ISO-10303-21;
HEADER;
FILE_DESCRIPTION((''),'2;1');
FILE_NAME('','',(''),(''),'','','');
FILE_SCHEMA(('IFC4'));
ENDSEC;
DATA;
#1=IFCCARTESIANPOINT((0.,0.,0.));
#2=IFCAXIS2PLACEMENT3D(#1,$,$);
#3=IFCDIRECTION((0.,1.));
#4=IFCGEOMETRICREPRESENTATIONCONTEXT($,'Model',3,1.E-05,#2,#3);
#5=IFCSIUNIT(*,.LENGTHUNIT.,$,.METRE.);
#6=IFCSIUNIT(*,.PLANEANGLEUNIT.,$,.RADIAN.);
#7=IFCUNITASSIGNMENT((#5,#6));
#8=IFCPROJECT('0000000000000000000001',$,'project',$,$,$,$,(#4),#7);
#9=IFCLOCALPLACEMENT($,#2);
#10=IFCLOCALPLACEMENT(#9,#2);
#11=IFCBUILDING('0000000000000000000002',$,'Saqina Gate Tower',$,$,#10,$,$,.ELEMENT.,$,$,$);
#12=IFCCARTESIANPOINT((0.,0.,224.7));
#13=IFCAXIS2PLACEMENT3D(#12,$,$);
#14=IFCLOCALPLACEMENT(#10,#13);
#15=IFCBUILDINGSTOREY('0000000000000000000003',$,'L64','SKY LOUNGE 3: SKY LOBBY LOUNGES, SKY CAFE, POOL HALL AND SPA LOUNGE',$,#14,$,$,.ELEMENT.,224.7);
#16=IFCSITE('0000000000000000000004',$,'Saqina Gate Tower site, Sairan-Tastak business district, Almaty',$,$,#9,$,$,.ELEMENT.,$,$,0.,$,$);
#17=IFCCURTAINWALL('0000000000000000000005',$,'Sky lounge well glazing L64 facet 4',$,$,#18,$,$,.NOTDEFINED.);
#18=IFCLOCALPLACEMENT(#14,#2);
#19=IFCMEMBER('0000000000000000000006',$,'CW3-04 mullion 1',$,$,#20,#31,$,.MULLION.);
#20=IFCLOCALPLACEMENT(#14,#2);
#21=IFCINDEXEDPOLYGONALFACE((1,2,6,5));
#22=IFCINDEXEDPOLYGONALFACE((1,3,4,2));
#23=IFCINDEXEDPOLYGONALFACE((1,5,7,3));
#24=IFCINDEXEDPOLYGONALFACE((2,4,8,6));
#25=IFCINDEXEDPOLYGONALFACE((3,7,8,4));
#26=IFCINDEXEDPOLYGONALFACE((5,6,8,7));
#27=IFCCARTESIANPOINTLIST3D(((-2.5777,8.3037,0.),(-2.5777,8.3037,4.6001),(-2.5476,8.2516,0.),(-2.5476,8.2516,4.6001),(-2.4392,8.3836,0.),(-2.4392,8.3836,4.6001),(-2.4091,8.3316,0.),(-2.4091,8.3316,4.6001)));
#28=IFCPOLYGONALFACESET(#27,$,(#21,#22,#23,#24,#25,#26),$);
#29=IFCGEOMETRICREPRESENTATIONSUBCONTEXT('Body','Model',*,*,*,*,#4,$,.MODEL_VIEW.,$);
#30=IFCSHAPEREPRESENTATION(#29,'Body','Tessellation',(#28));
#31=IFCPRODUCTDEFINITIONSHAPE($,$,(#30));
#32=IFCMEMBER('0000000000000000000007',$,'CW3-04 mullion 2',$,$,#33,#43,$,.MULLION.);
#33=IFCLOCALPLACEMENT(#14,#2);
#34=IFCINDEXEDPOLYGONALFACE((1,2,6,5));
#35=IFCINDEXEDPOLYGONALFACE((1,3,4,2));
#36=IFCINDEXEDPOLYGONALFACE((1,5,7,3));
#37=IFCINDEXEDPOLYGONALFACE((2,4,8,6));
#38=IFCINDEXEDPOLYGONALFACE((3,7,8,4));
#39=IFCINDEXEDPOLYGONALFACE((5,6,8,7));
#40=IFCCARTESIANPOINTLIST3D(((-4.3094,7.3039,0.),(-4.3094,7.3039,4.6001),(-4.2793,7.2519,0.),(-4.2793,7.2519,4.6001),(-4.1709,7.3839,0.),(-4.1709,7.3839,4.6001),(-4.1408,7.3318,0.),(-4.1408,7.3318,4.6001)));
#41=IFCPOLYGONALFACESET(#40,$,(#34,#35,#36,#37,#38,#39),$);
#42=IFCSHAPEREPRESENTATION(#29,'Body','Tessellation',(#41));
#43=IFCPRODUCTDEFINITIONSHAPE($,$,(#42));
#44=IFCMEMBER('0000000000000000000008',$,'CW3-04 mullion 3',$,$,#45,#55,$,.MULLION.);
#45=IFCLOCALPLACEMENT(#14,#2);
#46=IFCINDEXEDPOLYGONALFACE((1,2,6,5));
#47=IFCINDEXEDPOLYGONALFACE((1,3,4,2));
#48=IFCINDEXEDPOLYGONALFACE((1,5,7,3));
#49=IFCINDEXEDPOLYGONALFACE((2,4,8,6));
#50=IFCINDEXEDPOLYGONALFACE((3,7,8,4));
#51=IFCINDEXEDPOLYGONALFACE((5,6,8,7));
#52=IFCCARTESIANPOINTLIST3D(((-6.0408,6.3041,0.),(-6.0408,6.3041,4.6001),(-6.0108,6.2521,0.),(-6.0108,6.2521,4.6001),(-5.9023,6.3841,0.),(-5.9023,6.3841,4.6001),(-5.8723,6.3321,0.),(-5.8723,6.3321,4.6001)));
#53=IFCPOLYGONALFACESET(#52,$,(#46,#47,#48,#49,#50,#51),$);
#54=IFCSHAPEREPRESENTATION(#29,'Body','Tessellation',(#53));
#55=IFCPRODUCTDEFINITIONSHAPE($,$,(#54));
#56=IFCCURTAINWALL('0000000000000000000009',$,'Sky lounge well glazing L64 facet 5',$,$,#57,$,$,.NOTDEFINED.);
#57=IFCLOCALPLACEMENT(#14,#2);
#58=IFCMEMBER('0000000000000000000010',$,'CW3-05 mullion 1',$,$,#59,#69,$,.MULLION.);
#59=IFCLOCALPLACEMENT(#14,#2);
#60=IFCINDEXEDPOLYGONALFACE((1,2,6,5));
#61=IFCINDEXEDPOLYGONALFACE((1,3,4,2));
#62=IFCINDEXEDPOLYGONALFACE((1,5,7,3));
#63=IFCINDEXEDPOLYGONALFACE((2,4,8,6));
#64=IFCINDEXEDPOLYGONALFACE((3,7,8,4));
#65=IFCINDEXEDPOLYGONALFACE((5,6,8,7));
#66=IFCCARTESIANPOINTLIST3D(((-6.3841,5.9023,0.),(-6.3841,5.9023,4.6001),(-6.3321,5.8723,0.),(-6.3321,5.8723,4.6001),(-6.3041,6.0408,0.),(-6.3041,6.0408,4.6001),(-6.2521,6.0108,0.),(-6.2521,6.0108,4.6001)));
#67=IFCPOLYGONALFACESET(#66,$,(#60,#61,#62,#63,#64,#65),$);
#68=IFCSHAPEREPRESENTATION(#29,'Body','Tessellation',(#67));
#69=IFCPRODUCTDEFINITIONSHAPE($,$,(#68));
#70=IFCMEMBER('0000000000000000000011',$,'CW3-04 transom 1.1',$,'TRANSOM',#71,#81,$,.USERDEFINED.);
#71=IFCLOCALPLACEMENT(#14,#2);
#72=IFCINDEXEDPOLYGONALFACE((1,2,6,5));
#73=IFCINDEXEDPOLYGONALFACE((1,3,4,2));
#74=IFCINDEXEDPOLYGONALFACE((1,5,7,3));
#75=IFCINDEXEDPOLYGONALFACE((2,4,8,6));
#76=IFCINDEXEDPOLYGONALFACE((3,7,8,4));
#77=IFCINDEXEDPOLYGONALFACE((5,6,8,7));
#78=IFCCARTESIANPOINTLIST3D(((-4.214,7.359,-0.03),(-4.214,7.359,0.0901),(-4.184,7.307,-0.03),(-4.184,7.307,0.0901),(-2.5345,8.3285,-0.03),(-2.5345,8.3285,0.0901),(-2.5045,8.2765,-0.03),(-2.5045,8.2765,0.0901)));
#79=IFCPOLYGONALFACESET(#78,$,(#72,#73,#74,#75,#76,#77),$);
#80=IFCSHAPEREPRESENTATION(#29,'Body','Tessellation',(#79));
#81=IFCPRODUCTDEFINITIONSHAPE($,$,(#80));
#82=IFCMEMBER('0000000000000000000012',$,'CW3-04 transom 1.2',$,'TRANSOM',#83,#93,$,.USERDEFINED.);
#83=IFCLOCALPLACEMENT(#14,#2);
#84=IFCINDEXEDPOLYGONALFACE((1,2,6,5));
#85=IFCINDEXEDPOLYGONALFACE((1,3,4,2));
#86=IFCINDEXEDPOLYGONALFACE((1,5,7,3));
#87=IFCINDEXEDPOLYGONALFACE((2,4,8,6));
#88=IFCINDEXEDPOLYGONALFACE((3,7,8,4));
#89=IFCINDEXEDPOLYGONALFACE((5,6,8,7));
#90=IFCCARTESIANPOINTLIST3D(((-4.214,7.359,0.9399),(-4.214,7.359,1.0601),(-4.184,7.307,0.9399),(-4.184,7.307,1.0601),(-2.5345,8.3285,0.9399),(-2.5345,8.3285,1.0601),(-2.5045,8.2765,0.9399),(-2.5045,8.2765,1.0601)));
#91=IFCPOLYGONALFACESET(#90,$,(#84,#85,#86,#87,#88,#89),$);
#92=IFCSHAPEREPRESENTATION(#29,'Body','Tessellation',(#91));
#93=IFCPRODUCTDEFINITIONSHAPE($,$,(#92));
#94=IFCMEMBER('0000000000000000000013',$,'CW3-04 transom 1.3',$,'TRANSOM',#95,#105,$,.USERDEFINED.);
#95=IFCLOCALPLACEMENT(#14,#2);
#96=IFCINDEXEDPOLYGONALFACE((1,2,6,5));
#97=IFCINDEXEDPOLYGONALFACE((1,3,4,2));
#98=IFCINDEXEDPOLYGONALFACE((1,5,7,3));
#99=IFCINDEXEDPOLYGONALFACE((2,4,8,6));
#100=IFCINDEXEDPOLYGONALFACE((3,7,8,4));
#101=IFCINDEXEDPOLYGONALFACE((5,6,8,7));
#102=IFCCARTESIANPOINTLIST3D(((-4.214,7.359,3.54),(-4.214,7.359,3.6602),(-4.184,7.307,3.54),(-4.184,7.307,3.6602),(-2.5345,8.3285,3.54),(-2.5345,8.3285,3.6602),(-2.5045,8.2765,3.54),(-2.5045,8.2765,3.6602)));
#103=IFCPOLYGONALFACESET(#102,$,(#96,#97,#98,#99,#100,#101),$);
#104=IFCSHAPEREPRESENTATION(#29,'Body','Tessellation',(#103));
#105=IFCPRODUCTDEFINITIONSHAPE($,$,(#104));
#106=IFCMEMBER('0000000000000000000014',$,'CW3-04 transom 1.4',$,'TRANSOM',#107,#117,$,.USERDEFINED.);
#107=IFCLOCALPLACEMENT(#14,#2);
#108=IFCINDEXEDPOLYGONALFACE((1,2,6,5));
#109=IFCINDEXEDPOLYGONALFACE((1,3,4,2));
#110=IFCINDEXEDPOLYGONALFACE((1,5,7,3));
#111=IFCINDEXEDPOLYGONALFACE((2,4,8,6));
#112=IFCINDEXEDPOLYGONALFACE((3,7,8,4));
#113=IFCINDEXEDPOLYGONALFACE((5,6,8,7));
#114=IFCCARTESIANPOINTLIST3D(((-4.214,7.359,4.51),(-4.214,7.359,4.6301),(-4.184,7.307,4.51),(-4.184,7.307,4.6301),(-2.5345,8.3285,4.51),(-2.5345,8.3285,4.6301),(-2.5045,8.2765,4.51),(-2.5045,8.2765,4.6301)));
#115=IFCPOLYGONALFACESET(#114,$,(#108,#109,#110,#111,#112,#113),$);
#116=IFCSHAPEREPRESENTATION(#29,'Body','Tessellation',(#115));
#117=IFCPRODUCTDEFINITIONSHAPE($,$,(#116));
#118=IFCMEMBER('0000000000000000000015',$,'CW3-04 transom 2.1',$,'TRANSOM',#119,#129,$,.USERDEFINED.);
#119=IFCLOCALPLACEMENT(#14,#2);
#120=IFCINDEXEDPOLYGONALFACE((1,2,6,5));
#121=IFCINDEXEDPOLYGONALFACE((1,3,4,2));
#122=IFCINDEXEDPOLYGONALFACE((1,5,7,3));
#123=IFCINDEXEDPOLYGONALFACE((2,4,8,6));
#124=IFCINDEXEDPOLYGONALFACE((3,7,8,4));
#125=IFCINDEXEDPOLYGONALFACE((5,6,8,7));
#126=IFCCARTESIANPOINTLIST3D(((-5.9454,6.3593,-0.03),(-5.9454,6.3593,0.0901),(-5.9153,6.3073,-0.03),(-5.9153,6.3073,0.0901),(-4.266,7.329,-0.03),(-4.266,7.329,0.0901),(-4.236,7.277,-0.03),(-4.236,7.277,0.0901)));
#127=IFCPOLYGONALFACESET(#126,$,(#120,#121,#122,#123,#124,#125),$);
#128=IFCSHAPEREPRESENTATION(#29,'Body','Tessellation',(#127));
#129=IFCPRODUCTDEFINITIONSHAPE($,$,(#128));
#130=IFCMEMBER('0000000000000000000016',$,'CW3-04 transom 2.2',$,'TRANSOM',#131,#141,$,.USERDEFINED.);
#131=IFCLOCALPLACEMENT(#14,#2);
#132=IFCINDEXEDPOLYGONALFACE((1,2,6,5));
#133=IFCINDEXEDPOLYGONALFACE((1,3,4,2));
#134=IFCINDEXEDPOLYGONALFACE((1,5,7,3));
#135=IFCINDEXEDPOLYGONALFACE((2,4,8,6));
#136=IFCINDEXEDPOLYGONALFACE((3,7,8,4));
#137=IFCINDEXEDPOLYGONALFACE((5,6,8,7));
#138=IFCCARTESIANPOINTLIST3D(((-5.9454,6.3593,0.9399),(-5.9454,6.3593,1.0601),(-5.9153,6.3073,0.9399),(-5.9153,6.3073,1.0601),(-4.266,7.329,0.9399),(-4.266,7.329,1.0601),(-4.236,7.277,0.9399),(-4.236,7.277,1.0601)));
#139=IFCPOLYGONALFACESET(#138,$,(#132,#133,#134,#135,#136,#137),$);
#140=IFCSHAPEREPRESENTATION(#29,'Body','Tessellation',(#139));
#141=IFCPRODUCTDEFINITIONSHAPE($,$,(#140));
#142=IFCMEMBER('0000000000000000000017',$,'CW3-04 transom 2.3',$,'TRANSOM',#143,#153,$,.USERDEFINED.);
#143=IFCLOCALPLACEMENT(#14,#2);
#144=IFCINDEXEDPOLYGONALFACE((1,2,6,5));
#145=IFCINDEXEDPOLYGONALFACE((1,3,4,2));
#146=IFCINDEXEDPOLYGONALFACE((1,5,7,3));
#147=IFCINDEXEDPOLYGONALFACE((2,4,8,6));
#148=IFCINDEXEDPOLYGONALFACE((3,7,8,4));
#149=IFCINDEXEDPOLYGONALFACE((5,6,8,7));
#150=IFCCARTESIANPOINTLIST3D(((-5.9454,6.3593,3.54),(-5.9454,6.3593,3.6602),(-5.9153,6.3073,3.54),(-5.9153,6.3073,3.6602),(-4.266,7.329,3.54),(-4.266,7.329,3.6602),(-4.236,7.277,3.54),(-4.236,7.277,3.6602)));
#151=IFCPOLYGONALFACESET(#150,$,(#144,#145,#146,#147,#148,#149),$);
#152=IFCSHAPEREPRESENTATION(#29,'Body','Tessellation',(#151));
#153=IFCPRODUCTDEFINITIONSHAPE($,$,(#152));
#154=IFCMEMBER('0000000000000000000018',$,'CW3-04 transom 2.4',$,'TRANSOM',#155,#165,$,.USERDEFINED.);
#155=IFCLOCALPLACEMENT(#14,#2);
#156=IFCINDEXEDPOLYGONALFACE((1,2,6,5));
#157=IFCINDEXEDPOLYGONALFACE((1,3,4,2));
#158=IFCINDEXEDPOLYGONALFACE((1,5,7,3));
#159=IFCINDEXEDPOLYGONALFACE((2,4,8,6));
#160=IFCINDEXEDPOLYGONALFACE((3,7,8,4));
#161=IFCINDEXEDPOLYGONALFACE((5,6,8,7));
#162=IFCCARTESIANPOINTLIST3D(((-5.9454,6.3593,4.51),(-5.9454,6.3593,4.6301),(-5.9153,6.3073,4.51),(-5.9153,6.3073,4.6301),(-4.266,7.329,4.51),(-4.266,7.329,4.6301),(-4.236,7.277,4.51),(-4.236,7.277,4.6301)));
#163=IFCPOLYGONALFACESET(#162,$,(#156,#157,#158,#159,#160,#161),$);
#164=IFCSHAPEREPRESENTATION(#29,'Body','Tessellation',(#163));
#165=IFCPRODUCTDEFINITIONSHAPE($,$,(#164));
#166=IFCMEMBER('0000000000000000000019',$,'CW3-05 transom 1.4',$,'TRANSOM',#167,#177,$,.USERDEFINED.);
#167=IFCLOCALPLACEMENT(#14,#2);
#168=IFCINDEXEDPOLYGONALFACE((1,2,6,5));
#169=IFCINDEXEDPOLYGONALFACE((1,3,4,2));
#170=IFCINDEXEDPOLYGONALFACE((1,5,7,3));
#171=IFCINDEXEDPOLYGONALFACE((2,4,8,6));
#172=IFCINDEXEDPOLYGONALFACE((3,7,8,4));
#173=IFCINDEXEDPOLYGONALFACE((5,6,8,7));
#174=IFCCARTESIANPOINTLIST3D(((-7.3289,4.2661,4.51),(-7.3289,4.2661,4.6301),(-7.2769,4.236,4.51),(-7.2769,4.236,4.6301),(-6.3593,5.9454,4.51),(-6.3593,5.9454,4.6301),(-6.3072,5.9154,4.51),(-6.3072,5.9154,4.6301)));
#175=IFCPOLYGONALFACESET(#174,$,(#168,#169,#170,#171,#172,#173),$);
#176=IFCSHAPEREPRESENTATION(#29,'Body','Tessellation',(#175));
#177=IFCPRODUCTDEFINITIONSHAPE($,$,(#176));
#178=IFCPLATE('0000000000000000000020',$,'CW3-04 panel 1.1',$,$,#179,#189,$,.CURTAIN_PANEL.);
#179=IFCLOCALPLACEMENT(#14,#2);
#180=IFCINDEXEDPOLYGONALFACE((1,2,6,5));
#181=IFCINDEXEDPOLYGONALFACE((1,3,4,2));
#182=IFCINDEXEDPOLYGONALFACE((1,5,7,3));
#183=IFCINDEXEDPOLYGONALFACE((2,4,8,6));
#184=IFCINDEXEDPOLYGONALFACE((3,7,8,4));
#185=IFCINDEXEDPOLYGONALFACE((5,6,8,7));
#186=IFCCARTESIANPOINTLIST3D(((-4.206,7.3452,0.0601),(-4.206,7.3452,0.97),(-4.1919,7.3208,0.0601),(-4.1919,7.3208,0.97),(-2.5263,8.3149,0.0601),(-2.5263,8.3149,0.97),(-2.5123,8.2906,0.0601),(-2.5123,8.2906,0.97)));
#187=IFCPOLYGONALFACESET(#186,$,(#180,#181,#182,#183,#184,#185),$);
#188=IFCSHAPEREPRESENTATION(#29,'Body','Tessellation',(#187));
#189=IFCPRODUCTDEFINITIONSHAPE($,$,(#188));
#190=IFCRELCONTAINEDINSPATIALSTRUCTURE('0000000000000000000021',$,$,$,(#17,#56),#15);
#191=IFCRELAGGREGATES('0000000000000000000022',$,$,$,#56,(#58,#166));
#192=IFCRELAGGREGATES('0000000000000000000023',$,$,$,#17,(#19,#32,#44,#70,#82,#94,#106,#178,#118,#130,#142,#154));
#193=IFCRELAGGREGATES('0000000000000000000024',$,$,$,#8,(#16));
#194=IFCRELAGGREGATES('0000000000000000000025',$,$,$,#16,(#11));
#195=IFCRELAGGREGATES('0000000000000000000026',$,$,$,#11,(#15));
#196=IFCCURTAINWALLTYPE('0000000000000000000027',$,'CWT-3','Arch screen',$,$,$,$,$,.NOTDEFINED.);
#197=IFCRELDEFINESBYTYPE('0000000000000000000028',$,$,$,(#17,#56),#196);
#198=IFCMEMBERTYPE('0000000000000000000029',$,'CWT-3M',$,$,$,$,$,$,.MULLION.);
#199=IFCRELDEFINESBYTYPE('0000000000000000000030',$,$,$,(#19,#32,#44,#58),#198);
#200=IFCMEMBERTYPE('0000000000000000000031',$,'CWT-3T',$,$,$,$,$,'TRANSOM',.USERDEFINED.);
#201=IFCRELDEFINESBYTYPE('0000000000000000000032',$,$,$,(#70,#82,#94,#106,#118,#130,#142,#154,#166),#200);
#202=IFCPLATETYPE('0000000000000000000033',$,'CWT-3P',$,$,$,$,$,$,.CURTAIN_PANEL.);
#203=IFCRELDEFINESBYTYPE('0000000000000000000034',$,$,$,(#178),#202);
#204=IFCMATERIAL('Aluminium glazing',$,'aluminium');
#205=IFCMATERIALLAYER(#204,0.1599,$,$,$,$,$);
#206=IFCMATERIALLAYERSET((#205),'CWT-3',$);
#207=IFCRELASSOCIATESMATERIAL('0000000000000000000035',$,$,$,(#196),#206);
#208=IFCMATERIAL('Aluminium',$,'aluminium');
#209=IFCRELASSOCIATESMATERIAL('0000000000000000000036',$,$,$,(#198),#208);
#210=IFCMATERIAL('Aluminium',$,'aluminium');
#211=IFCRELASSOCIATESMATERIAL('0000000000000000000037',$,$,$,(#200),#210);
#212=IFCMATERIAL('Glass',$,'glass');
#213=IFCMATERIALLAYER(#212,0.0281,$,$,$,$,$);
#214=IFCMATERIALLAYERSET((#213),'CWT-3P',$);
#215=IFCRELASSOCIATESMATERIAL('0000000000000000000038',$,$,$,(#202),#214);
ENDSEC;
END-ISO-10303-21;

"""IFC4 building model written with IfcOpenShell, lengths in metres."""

from ifc_helpers import new_model, si_unit, direction, frame, origin, origin_2d, place, context, subcontext, project, spatial, rectangle, extrude, material, layer, layer_set, material_profile, profile_set, type_object, element, aggregate, save


model = new_model("IFC4")

# Units and contexts
model_context = context("Model", 3, precision=1e-05, world=origin(), true_north=direction((0.0, 1.0)))
body_context = subcontext(model_context, "Body", "Model", "MODEL_VIEW")
ifc_project = project(units=[si_unit("LENGTHUNIT", "METRE"), si_unit("PLANEANGLEUNIT", "RADIAN")], contexts=[model_context])

# Site, building, storey
site_placement = place(None, origin())
site = spatial("IfcSite", under=ifc_project, at=site_placement, Name="Saqina Gate Tower site, Sairan-Tastak business district, Almaty", CompositionType="ELEMENT", RefElevation=0.0)
building_placement = place(site_placement, origin())
building = spatial("IfcBuilding", under=site, at=building_placement, Name="Saqina Gate Tower", CompositionType="ELEMENT")
storey_placement = place(building_placement, frame((0.0, 0.0, 224.7)))
storey = spatial("IfcBuildingStorey", under=building, at=storey_placement, Name="L64", Description="SKY LOUNGE 3: SKY LOBBY LOUNGES, SKY CAFE, POOL HALL AND SPA LOUNGE", CompositionType="ELEMENT", Elevation=224.7)

# Curtain wall, members
ifc_material_1 = material(Name="Aluminium glazing", Category="aluminium")
ifc_layer_1 = layer(ifc_material_1, 0.1599)
ifc_layer_set_1 = layer_set([ifc_layer_1], Name="CWT-3")
curtain_wall_type = type_object("IfcCurtainWallType", Name="CWT-3", Description="Arch screen", PredefinedType="NOTDEFINED", material=ifc_layer_set_1)
curtain_wall_1_placement = place(storey_placement, origin())
curtain_wall_1 = element("IfcCurtainWall", 1, at=curtain_wall_1_placement, inside=storey, type_object=curtain_wall_type, Name="Sky lounge well glazing L64 facet 4", PredefinedType="NOTDEFINED")
ifc_material_2 = material(Name="Aluminium", Category="aluminium")
ifc_material_profile_1 = material_profile(ifc_material_2, rectangle(XDim=0.0601, YDim=0.1599, at=origin_2d()), Name="Aluminium 60x160")
ifc_profile_set_1 = profile_set([ifc_material_profile_1], Name="Aluminium")
member_type_1 = type_object("IfcMemberType", Name="CWT-3M", PredefinedType="MULLION", material=ifc_profile_set_1)
member_1_placement = place(storey_placement, frame((-2.4934, 8.3176, 0.0), z_axis=(0.0, 0.0, 1.0), x_axis=(0.500003, -0.866024, 0.0)))
member_1 = element("IfcMember", 2, at=member_1_placement, type_object=member_type_1, Name="CW3-04 mullion 1", PredefinedType="MULLION", context=body_context, shape_type="SweptSolid", body=[
    extrude(rectangle(XDim=0.0601, YDim=0.1599, at=origin_2d()), origin(), (0.0, 0.0, 1.0), 4.6001),
])
member_2_placement = place(storey_placement, frame((-4.2251, 7.3179, 0.0), z_axis=(0.0, 0.0, 1.0), x_axis=(0.500003, -0.866024, 0.0)))
member_2 = element("IfcMember", 3, at=member_2_placement, type_object=member_type_1, Name="CW3-04 mullion 2", PredefinedType="MULLION", context=body_context, shape_type="SweptSolid", body=[
    extrude(rectangle(XDim=0.0601, YDim=0.1599, at=origin_2d()), origin(), (0.0, 0.0, 1.0), 4.6001),
])
member_3_placement = place(storey_placement, frame((-5.9565, 6.3181, 0.0), z_axis=(0.0, 0.0, 1.0), x_axis=(0.500003, -0.866024, 0.0)))
member_3 = element("IfcMember", 4, at=member_3_placement, type_object=member_type_1, Name="CW3-04 mullion 3", PredefinedType="MULLION", context=body_context, shape_type="SweptSolid", body=[
    extrude(rectangle(XDim=0.0601, YDim=0.1599, at=origin_2d()), origin(), (0.0, 0.0, 1.0), 4.6001),
])

# Curtain wall, member
curtain_wall_2_placement = place(storey_placement, origin())
curtain_wall_2 = element("IfcCurtainWall", 5, at=curtain_wall_2_placement, inside=storey, type_object=curtain_wall_type, Name="Sky lounge well glazing L64 facet 5", PredefinedType="NOTDEFINED")
member_4_placement = place(storey_placement, frame((-6.3181, 5.9565, 0.0), z_axis=(0.0, 0.0, 1.0), x_axis=(0.866024, -0.500003, 0.0)))
member_4 = element("IfcMember", 6, at=member_4_placement, type_object=member_type_1, Name="CW3-05 mullion 1", PredefinedType="MULLION", context=body_context, shape_type="SweptSolid", body=[
    extrude(rectangle(XDim=0.0601, YDim=0.1599, at=origin_2d()), origin(), (0.0, 0.0, 1.0), 4.6001),
])

# Members
ifc_material_3 = material(Name="Aluminium", Category="aluminium")
ifc_material_profile_2 = material_profile(ifc_material_3, rectangle(XDim=0.0601, YDim=0.1201, at=origin_2d()), Name="Aluminium 60x120")
ifc_profile_set_2 = profile_set([ifc_material_profile_2], Name="Aluminium")
member_type_2 = type_object("IfcMemberType", Name="CWT-3T", ElementType="TRANSOM", PredefinedType="USERDEFINED", material=ifc_profile_set_2)
member_5_placement = place(storey_placement, frame((-2.5195, 8.3025, 0.03), z_axis=(-0.866058, -0.499944, 0.0), x_axis=(0.499944, -0.866058, 0.0)))
member_5 = element("IfcMember", 7, at=member_5_placement, type_object=member_type_2, Name="CW3-04 transom 1.1", ObjectType="TRANSOM", PredefinedType="USERDEFINED", context=body_context, shape_type="SweptSolid", body=[
    extrude(rectangle(XDim=0.0601, YDim=0.1201, at=origin_2d()), origin(), (0.0, 0.0, 1.0), 1.9392),
])
member_6_placement = place(storey_placement, frame((-2.5195, 8.3025, 1.0), z_axis=(-0.866058, -0.499944, 0.0), x_axis=(0.499944, -0.866058, 0.0)))
member_6 = element("IfcMember", 8, at=member_6_placement, type_object=member_type_2, Name="CW3-04 transom 1.2", ObjectType="TRANSOM", PredefinedType="USERDEFINED", context=body_context, shape_type="SweptSolid", body=[
    extrude(rectangle(XDim=0.0601, YDim=0.1201, at=origin_2d()), origin(), (0.0, 0.0, 1.0), 1.9392),
])
member_7_placement = place(storey_placement, frame((-2.5195, 8.3025, 3.6001), z_axis=(-0.866058, -0.499944, 0.0), x_axis=(0.499944, -0.866058, 0.0)))
member_7 = element("IfcMember", 9, at=member_7_placement, type_object=member_type_2, Name="CW3-04 transom 1.3", ObjectType="TRANSOM", PredefinedType="USERDEFINED", context=body_context, shape_type="SweptSolid", body=[
    extrude(rectangle(XDim=0.0601, YDim=0.1201, at=origin_2d()), origin(), (0.0, 0.0, 1.0), 1.9392),
])
member_8_placement = place(storey_placement, frame((-2.5195, 8.3025, 4.5701), z_axis=(-0.866058, -0.499944, 0.0), x_axis=(0.499944, -0.866058, 0.0)))
member_8 = element("IfcMember", 10, at=member_8_placement, type_object=member_type_2, Name="CW3-04 transom 1.4", ObjectType="TRANSOM", PredefinedType="USERDEFINED", context=body_context, shape_type="SweptSolid", body=[
    extrude(rectangle(XDim=0.0601, YDim=0.1201, at=origin_2d()), origin(), (0.0, 0.0, 1.0), 1.9392),
])
member_9_placement = place(storey_placement, frame((-4.251, 7.303, 0.03), z_axis=(-0.866003, -0.500038, 0.0), x_axis=(0.500038, -0.866003, 0.0)))
member_9 = element("IfcMember", 11, at=member_9_placement, type_object=member_type_2, Name="CW3-04 transom 2.1", ObjectType="TRANSOM", PredefinedType="USERDEFINED", context=body_context, shape_type="SweptSolid", body=[
    extrude(rectangle(XDim=0.0601, YDim=0.1201, at=origin_2d()), origin(), (0.0, 0.0, 1.0), 1.9392),
])
member_10_placement = place(storey_placement, frame((-4.251, 7.303, 1.0), z_axis=(-0.866003, -0.500038, 0.0), x_axis=(0.500038, -0.866003, 0.0)))
member_10 = element("IfcMember", 12, at=member_10_placement, type_object=member_type_2, Name="CW3-04 transom 2.2", ObjectType="TRANSOM", PredefinedType="USERDEFINED", context=body_context, shape_type="SweptSolid", body=[
    extrude(rectangle(XDim=0.0601, YDim=0.1201, at=origin_2d()), origin(), (0.0, 0.0, 1.0), 1.9392),
])
member_11_placement = place(storey_placement, frame((-4.251, 7.303, 3.6001), z_axis=(-0.866003, -0.500038, 0.0), x_axis=(0.500038, -0.866003, 0.0)))
member_11 = element("IfcMember", 13, at=member_11_placement, type_object=member_type_2, Name="CW3-04 transom 2.3", ObjectType="TRANSOM", PredefinedType="USERDEFINED", context=body_context, shape_type="SweptSolid", body=[
    extrude(rectangle(XDim=0.0601, YDim=0.1201, at=origin_2d()), origin(), (0.0, 0.0, 1.0), 1.9392),
])
member_12_placement = place(storey_placement, frame((-4.251, 7.303, 4.5701), z_axis=(-0.866003, -0.500038, 0.0), x_axis=(0.500038, -0.866003, 0.0)))
member_12 = element("IfcMember", 14, at=member_12_placement, type_object=member_type_2, Name="CW3-04 transom 2.4", ObjectType="TRANSOM", PredefinedType="USERDEFINED", context=body_context, shape_type="SweptSolid", body=[
    extrude(rectangle(XDim=0.0601, YDim=0.1201, at=origin_2d()), origin(), (0.0, 0.0, 1.0), 1.9392),
])
member_13_placement = place(storey_placement, frame((-6.3333, 5.9304, 4.5701), z_axis=(-0.500038, -0.866003, 0.0), x_axis=(0.866003, -0.500038, 0.0)))
member_13 = element("IfcMember", 15, at=member_13_placement, type_object=member_type_2, Name="CW3-05 transom 1.4", ObjectType="TRANSOM", PredefinedType="USERDEFINED", context=body_context, shape_type="SweptSolid", body=[
    extrude(rectangle(XDim=0.0601, YDim=0.1201, at=origin_2d()), origin(), (0.0, 0.0, 1.0), 1.9392),
])
aggregate(curtain_wall_2, [member_4, member_13])

# Plate
ifc_material_4 = material(Name="Glass", Category="glass")
ifc_layer_2 = layer(ifc_material_4, 0.0281)
ifc_layer_set_2 = layer_set([ifc_layer_2], Name="CWT-3P")
plate_type = type_object("IfcPlateType", Name="CWT-3P", PredefinedType="CURTAIN_PANEL", material=ifc_layer_set_2)
plate_1_placement = place(storey_placement, frame((-3.3591, 7.8179, 0.0601), z_axis=(0.0, 0.0, 1.0), x_axis=(-0.866024, -0.500003, 0.0)))
plate_1 = element("IfcPlate", 16, at=plate_1_placement, type_object=plate_type, Name="CW3-04 panel 1.1", PredefinedType="CURTAIN_PANEL", context=body_context, shape_type="SweptSolid", body=[
    extrude(rectangle(XDim=1.9395, YDim=0.0281, at=origin_2d()), origin(), (0.0, 0.0, 1.0), 0.9099),
])
aggregate(curtain_wall_1, [member_1, member_2, member_3, member_5, member_6, member_7, member_8, plate_1, member_9, member_10, member_11, member_12])

save(model, "model.ifc")
